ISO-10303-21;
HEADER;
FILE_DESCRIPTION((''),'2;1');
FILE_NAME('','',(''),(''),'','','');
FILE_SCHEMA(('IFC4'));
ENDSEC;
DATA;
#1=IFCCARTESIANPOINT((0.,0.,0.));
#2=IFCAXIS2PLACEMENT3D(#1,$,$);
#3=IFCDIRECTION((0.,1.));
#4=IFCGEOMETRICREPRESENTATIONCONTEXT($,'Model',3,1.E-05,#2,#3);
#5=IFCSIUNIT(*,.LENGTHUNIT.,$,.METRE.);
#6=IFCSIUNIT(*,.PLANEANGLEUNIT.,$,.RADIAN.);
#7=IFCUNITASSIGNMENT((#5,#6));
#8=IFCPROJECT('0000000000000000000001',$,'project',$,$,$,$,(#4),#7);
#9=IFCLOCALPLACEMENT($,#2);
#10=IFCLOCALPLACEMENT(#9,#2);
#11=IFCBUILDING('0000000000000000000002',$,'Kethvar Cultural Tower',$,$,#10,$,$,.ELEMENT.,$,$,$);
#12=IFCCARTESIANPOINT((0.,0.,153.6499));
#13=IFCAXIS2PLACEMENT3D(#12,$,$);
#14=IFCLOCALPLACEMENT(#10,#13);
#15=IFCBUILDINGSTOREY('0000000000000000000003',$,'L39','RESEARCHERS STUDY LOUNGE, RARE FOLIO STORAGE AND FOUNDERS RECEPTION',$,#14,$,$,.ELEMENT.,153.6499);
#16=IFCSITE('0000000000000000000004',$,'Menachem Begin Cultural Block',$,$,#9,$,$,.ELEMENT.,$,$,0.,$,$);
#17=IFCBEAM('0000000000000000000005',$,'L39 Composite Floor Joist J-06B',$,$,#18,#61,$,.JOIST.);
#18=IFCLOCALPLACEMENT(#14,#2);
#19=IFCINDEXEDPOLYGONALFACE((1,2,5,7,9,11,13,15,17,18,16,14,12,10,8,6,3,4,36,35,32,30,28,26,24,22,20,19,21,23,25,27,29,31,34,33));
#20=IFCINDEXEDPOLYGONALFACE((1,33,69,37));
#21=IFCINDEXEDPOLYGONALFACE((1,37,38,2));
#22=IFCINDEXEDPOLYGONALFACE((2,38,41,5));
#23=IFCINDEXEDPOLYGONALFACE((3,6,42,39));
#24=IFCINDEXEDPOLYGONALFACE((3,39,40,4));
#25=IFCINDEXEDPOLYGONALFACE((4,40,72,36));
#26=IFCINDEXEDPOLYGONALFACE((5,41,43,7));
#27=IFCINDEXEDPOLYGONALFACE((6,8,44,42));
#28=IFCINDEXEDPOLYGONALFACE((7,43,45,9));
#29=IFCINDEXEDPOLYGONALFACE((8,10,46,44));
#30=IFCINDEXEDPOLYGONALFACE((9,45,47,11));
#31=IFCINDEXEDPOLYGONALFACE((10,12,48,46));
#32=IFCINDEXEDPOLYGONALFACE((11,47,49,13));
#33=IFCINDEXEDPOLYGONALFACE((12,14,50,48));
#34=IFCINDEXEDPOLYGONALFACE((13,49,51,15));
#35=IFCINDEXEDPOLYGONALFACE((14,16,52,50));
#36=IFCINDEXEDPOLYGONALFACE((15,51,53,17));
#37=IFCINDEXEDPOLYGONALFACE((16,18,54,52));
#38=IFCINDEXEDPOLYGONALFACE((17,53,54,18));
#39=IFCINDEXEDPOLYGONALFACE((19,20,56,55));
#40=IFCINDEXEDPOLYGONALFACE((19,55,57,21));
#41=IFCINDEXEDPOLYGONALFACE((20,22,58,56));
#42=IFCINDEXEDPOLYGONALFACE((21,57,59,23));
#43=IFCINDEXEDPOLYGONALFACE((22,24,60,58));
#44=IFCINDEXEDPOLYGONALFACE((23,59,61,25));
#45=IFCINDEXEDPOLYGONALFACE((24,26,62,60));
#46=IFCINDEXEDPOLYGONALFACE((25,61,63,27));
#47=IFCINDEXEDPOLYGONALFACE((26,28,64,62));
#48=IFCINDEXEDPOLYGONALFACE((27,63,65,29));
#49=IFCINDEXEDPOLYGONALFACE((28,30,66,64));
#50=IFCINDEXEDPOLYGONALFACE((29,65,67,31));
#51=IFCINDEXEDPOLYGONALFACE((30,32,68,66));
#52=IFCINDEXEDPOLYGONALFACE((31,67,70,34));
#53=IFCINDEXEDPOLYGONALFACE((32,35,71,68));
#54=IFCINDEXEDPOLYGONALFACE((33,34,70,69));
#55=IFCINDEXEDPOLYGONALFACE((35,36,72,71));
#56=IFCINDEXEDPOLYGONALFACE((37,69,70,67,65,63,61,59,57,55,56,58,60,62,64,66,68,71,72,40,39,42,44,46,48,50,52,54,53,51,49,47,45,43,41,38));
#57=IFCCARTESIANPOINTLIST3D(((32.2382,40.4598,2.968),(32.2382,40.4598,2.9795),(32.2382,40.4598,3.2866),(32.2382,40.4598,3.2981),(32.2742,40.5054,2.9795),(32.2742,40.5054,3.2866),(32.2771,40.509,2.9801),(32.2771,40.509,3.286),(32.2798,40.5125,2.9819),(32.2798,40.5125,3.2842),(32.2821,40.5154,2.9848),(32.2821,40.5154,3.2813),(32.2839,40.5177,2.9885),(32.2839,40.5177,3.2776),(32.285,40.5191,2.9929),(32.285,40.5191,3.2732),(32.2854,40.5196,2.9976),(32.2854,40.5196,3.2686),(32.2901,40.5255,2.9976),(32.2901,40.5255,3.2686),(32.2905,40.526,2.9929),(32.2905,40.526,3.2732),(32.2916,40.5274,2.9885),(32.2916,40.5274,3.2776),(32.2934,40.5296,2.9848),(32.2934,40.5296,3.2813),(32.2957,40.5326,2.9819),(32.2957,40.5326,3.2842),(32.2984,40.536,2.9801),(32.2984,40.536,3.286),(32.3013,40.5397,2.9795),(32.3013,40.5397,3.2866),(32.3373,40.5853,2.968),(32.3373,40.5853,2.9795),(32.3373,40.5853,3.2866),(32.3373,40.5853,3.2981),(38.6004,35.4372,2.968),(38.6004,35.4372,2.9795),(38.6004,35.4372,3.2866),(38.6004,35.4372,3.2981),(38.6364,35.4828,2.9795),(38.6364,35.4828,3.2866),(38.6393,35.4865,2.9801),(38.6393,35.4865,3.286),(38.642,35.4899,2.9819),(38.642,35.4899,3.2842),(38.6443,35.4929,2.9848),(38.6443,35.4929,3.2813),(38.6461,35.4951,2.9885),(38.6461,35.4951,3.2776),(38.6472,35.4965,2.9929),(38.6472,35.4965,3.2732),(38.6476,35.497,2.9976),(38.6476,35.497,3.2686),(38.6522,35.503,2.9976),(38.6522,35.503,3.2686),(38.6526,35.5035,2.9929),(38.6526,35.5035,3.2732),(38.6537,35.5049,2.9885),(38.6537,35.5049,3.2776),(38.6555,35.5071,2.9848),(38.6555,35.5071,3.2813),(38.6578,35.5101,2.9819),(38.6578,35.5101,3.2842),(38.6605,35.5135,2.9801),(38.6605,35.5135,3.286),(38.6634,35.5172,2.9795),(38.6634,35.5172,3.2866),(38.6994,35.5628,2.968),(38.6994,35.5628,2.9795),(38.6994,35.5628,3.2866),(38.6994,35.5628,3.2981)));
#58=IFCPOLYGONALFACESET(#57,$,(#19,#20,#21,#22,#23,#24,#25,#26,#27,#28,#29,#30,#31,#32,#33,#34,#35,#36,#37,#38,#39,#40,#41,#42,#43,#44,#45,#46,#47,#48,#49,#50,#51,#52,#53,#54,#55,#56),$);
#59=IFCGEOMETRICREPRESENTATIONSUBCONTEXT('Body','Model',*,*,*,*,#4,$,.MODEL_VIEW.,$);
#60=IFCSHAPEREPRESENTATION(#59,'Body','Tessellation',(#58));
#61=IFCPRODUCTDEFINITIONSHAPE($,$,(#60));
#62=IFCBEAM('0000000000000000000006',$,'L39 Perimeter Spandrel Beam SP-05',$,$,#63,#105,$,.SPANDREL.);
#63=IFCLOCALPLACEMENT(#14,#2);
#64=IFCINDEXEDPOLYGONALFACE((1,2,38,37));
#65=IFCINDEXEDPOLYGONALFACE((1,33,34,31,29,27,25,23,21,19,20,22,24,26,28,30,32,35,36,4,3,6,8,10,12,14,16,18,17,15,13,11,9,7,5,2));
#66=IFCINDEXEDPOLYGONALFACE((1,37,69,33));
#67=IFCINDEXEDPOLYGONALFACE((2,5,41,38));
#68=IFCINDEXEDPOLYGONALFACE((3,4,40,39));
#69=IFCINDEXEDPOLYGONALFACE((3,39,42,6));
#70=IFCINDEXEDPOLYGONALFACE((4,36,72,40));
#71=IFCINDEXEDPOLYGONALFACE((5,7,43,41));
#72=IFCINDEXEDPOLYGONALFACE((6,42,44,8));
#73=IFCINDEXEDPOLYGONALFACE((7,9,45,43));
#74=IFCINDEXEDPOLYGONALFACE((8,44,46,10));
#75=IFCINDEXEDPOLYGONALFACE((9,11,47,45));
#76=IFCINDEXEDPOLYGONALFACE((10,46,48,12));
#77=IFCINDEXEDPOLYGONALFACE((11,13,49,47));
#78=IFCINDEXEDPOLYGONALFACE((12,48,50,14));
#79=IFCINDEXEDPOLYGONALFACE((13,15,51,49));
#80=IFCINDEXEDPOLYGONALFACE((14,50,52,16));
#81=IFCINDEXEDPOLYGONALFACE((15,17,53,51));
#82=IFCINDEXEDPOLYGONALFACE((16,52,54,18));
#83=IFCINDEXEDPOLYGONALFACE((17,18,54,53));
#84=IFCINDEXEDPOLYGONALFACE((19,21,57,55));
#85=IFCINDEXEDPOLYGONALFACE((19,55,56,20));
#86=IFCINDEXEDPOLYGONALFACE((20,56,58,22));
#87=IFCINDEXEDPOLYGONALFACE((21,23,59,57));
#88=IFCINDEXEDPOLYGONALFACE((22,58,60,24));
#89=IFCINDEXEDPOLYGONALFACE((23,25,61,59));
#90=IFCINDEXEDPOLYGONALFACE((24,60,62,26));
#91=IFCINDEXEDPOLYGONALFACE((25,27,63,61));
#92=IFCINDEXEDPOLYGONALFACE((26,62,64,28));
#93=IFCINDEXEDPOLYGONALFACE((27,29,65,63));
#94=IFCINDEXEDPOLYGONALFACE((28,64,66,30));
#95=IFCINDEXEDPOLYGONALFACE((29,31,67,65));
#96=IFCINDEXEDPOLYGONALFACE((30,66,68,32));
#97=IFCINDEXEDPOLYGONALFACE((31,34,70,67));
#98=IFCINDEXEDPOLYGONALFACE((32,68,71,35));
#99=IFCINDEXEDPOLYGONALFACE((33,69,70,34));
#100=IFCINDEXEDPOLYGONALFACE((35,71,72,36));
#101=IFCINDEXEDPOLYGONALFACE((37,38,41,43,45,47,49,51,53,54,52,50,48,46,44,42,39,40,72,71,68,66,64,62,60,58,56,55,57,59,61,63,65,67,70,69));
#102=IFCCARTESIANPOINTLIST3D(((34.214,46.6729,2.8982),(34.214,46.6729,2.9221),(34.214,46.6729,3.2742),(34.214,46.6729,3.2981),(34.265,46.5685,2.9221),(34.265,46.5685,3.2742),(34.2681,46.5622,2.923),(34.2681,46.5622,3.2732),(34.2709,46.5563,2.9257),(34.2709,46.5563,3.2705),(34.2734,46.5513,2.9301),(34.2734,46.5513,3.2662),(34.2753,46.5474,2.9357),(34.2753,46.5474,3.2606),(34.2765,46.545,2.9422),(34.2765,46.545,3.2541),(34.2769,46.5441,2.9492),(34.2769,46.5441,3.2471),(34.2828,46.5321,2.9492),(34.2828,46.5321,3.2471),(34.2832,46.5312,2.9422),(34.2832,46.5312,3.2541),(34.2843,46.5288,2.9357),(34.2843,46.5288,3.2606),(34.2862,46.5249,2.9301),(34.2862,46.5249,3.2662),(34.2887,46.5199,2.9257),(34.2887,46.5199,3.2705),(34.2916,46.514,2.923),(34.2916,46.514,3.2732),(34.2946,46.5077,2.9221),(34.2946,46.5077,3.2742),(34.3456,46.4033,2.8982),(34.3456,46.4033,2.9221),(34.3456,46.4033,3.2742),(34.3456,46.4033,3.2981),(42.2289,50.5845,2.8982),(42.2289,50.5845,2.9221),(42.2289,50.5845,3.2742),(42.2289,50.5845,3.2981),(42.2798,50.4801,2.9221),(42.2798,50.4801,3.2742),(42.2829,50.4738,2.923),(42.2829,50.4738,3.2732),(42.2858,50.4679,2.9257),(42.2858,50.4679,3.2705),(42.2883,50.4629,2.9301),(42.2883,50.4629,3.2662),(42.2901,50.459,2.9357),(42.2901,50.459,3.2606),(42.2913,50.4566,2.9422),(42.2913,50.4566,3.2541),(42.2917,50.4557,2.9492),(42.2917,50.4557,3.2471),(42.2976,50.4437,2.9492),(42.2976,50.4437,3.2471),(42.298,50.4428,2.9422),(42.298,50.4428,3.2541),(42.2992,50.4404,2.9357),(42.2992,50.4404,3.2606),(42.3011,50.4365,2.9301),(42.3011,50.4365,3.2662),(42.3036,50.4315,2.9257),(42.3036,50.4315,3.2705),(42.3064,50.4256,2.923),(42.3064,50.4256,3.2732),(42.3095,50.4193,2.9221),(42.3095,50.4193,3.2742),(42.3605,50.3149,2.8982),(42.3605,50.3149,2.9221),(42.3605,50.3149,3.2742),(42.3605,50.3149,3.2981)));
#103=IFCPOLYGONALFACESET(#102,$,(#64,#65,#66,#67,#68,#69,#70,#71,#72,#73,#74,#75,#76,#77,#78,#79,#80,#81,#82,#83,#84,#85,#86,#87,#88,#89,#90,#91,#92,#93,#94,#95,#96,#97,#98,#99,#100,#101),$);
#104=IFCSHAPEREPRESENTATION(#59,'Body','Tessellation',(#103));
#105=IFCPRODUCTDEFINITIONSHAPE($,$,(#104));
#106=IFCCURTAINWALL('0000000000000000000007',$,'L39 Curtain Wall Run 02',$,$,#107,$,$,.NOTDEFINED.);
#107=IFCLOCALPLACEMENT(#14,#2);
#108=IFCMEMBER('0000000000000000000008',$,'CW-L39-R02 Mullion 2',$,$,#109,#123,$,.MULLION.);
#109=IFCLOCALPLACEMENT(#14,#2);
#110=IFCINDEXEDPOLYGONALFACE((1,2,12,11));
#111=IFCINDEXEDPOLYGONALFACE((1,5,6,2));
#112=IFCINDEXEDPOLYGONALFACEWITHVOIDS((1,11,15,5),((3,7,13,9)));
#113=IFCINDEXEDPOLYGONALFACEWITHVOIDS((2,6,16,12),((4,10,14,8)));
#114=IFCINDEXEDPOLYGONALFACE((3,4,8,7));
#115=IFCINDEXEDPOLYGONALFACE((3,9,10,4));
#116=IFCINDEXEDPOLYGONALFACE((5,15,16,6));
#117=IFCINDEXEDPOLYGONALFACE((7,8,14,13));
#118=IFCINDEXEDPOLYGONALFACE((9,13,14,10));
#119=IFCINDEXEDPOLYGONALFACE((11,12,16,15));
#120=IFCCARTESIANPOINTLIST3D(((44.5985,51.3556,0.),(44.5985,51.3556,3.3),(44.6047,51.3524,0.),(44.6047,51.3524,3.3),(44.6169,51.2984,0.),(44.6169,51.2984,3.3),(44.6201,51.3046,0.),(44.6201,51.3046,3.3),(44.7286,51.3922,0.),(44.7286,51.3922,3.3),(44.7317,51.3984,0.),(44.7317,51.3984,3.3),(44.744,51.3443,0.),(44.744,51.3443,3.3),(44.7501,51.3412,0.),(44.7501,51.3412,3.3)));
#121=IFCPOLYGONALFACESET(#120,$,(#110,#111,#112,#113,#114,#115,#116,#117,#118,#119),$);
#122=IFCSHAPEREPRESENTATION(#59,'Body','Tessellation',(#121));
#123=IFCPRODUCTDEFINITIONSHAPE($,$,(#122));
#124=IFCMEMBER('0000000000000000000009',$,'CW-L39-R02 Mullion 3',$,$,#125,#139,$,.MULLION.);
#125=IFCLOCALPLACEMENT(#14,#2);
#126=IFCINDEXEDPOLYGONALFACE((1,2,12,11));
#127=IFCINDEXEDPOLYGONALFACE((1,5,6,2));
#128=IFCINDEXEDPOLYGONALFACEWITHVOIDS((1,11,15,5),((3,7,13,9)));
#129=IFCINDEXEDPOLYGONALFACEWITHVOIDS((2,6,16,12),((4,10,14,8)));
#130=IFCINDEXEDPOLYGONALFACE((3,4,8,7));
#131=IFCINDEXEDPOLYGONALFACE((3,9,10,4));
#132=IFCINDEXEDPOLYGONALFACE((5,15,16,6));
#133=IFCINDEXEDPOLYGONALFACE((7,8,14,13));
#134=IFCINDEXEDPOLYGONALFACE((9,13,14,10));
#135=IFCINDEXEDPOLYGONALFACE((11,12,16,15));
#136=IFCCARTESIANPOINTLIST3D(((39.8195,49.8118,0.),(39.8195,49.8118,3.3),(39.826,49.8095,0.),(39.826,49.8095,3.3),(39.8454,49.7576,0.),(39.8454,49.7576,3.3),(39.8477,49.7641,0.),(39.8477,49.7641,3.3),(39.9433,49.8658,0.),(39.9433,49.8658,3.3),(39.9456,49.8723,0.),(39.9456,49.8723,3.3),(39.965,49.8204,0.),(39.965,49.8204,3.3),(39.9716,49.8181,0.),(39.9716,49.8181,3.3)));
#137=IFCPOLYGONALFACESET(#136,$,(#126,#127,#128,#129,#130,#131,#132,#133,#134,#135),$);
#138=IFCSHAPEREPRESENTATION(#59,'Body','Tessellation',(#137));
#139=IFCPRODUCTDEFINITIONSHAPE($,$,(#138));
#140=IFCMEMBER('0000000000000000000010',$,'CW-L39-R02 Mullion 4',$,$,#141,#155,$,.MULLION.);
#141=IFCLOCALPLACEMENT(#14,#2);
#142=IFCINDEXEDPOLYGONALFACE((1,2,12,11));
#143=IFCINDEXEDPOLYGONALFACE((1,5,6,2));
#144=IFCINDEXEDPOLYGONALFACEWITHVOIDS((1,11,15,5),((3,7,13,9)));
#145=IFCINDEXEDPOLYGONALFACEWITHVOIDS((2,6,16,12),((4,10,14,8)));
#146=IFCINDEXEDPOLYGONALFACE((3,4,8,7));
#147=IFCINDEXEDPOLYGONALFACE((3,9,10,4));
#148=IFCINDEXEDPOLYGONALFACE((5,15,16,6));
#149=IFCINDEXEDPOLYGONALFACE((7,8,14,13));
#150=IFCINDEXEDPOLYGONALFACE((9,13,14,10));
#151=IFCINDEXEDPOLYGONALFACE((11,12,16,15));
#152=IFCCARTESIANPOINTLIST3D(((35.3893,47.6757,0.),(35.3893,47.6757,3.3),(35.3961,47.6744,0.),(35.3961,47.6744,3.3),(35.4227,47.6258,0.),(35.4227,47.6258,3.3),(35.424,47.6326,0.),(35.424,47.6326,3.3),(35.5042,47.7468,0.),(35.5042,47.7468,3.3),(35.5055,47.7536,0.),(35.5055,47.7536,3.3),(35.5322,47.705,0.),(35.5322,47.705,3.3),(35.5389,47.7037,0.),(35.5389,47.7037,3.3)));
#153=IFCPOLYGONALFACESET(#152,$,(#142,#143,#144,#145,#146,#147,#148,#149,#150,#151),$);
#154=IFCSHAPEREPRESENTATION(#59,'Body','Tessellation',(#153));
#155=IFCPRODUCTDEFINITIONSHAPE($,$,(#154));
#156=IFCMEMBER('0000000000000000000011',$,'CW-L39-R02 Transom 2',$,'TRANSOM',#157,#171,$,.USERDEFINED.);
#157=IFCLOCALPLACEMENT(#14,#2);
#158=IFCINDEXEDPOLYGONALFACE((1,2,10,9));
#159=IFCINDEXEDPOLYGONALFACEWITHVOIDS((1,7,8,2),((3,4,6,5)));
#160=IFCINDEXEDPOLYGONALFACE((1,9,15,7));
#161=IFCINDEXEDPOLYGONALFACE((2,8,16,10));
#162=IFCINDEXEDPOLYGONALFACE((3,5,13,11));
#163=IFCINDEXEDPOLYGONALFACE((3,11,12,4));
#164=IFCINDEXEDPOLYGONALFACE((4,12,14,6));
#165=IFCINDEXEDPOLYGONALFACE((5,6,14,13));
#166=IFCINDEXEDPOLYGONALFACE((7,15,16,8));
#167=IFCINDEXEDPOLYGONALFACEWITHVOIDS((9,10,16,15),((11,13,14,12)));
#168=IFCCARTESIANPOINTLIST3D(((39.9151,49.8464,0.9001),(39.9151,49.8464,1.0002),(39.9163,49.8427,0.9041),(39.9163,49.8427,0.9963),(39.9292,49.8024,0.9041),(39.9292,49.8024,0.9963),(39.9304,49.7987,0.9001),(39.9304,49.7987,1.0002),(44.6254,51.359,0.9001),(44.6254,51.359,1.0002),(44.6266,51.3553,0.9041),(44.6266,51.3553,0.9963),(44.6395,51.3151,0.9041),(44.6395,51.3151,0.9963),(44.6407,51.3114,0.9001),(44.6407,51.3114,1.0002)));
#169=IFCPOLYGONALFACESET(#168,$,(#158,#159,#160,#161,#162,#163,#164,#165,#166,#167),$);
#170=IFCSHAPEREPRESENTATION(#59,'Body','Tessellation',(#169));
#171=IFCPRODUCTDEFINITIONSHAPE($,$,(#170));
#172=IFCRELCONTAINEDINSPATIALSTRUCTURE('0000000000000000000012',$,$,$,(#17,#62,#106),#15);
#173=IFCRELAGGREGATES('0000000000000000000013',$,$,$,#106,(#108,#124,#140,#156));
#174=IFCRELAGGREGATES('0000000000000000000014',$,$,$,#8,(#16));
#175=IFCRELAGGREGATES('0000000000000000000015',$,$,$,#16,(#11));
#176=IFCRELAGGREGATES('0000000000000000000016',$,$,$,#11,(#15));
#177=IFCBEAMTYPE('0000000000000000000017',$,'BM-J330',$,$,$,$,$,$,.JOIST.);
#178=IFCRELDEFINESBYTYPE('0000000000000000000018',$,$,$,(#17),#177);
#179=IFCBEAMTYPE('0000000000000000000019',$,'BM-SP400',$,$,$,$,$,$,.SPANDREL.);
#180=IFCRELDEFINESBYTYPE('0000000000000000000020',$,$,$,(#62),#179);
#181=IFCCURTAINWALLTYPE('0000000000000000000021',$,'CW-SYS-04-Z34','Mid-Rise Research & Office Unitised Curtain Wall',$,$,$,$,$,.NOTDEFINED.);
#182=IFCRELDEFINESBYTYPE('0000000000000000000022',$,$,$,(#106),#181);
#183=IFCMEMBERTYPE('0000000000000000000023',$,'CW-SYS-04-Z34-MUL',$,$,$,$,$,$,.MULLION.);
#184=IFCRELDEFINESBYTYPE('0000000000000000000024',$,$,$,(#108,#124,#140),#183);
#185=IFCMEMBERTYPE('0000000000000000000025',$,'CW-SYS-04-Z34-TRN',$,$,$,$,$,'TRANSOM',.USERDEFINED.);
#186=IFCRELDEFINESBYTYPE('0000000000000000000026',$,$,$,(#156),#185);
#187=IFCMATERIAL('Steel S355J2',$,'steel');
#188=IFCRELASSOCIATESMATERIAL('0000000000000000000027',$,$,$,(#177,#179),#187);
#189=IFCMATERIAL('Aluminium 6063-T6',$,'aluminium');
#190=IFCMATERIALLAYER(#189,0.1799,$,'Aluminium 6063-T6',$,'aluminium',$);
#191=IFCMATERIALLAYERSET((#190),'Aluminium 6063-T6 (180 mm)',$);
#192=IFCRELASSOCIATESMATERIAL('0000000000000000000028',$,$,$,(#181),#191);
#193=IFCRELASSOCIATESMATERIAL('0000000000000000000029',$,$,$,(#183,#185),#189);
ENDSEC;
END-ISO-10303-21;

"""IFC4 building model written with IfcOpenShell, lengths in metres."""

from ifc_helpers import new_model, si_unit, direction, frame, origin, origin_2d, place, context, subcontext, project, spatial, hollow_rectangle, i_section, extrude, source, transform, mapped, material, layer, layer_set, material_profile, profile_set, type_object, element, aggregate, save


model = new_model("IFC4")

# Units and contexts
model_context = context("Model", 3, precision=1e-05, world=origin(), true_north=direction((0.0, 1.0)))
body_context = subcontext(model_context, "Body", "Model", "MODEL_VIEW")
ifc_project = project(units=[si_unit("LENGTHUNIT", "METRE"), si_unit("PLANEANGLEUNIT", "RADIAN")], contexts=[model_context])

# Site, building, storey
site_placement = place(None, origin())
site = spatial("IfcSite", under=ifc_project, at=site_placement, Name="Menachem Begin Cultural Block", CompositionType="ELEMENT", RefElevation=0.0)
building_placement = place(site_placement, origin())
building = spatial("IfcBuilding", under=site, at=building_placement, Name="Kethvar Cultural Tower", CompositionType="ELEMENT")
storey_placement = place(building_placement, frame((0.0, 0.0, 153.6499)))
storey = spatial("IfcBuildingStorey", under=building, at=storey_placement, Name="L39", Description="RESEARCHERS STUDY LOUNGE, RARE FOLIO STORAGE AND FOUNDERS RECEPTION", CompositionType="ELEMENT", Elevation=153.6499)

# Beams
ifc_material_1 = material(Name="Steel S355J2", Category="steel")
ifc_material_profile_1 = material_profile(ifc_material_1, i_section(OverallWidth=0.1599, OverallDepth=0.3301, WebThickness=0.0076, FlangeThickness=0.0115, FilletRadius=0.0181, at=origin_2d()), Name="Steel S355J2 — IPE330")
ifc_profile_set_1 = profile_set([ifc_material_profile_1], Name="Steel S355J2 — IPE330")
beam_type_1 = type_object("IfcBeamType", Name="BM-J330", PredefinedType="JOIST", material=ifc_profile_set_1)
shared_shape_1 = source(origin(), body_context, "Body", "SweptSolid", [
    extrude(i_section(OverallWidth=0.1599, OverallDepth=0.3301, WebThickness=0.0076, FlangeThickness=0.0115, FilletRadius=0.0181, at=origin_2d()), origin(), (0.0, 0.0, 1.0), 8.1057),
])
beam_1_placement = place(storey_placement, frame((38.6499, 35.5, 3.1331), z_axis=(-0.784896, 0.619628, 0.0), x_axis=(-0.619628, -0.784896, 0.0)))
element("IfcBeam", 1, at=beam_1_placement, inside=storey, type_object=beam_type_1, Name="L39 Composite Floor Joist J-06B", PredefinedType="JOIST", context=body_context, shape_type="MappedRepresentation", body=[
    mapped(shared_shape_1, transform((0.0, 0.0, 0.0), scale=1.0)),
])
ifc_material_profile_2 = material_profile(ifc_material_1, i_section(OverallWidth=0.3, OverallDepth=0.3999, WebThickness=0.0134, FlangeThickness=0.0239, FilletRadius=0.0271, at=origin_2d()), Name="Steel S355J2 — HEB400")
ifc_profile_set_2 = profile_set([ifc_material_profile_2], Name="Steel S355J2 — HEB400")
beam_type_2 = type_object("IfcBeamType", Name="BM-SP400", PredefinedType="SPANDREL", material=ifc_profile_set_2)
shared_shape_2 = source(origin(), body_context, "Body", "SweptSolid", [
    extrude(i_section(OverallWidth=0.3, OverallDepth=0.3999, WebThickness=0.0134, FlangeThickness=0.0239, FilletRadius=0.0271, at=origin_2d()), origin(), (0.0, 0.0, 1.0), 8.9185),
])
beam_2_placement = place(storey_placement, frame((42.2947, 50.4497, 3.0981), z_axis=(-0.898684, -0.438597, 0.0), x_axis=(0.438597, -0.898684, 0.0)))
element("IfcBeam", 2, at=beam_2_placement, inside=storey, type_object=beam_type_2, Name="L39 Perimeter Spandrel Beam SP-05", PredefinedType="SPANDREL", context=body_context, shape_type="MappedRepresentation", body=[
    mapped(shared_shape_2, transform((0.0, 0.0, 0.0), scale=1.0)),
])

# Curtain wall, members
ifc_material_2 = material(Name="Aluminium 6063-T6", Category="aluminium")
ifc_layer_1 = layer(ifc_material_2, 0.1799, Name="Aluminium 6063-T6", Category="aluminium")
ifc_layer_set_1 = layer_set([ifc_layer_1], Name="Aluminium 6063-T6 (180 mm)")
curtain_wall_type = type_object("IfcCurtainWallType", Name="CW-SYS-04-Z34", Description="Mid-Rise Research & Office Unitised Curtain Wall", PredefinedType="NOTDEFINED", material=ifc_layer_set_1)
curtain_wall_placement = place(storey_placement, origin())
curtain_wall = element("IfcCurtainWall", 3, at=curtain_wall_placement, inside=storey, type_object=curtain_wall_type, Name="L39 Curtain Wall Run 02", PredefinedType="NOTDEFINED")
ifc_material_profile_3 = material_profile(ifc_material_2, hollow_rectangle(XDim=0.0601, YDim=0.1399, WallThickness=0.0049, at=origin_2d()), Name="Aluminium 6063-T6 — RHS140x60x5")
ifc_profile_set_3 = profile_set([ifc_material_profile_3], Name="Aluminium 6063-T6 — RHS140x60x5")
member_type_1 = type_object("IfcMemberType", Name="CW-SYS-04-Z34-MUL", PredefinedType="MULLION", material=ifc_profile_set_3)
shared_shape_3 = source(origin(), body_context, "Body", "SweptSolid", [
    extrude(hollow_rectangle(XDim=0.0601, YDim=0.1399, WallThickness=0.0049, at=origin_2d()), origin(), (0.0, 0.0, 1.0), 3.3),
])
member_1_placement = place(storey_placement, frame((44.6743, 51.3484, 0.0), z_axis=(0.0, 0.0, 1.0), x_axis=(0.305712, -0.952124, 0.0)))
member_1 = element("IfcMember", 4, at=member_1_placement, type_object=member_type_1, Name="CW-L39-R02 Mullion 2", PredefinedType="MULLION", context=body_context, shape_type="MappedRepresentation", body=[
    mapped(shared_shape_3, transform((0.0, 0.0, 0.0), scale=1.0)),
])
member_2_placement = place(storey_placement, frame((39.8955, 49.8149, 0.0), z_axis=(0.0, 0.0, 1.0), x_axis=(0.432652, -0.901561, 0.0)))
member_2 = element("IfcMember", 5, at=member_2_placement, type_object=member_type_1, Name="CW-L39-R02 Mullion 3", PredefinedType="MULLION", context=body_context, shape_type="MappedRepresentation", body=[
    mapped(shared_shape_3, transform((0.0, 0.0, 0.0), scale=1.0)),
])
member_3_placement = place(storey_placement, frame((35.4641, 47.6897, 0.0), z_axis=(0.0, 0.0, 1.0), x_axis=(0.556325, -0.830965, 0.0)))
member_3 = element("IfcMember", 6, at=member_3_placement, type_object=member_type_1, Name="CW-L39-R02 Mullion 4", PredefinedType="MULLION", context=body_context, shape_type="MappedRepresentation", body=[
    mapped(shared_shape_3, transform((0.0, 0.0, 0.0), scale=1.0)),
])
ifc_material_profile_4 = material_profile(ifc_material_2, hollow_rectangle(XDim=0.05, YDim=0.1001, WallThickness=0.0039, at=origin_2d()), Name="Aluminium 6063-T6 — RHS100x50x4")
ifc_profile_set_4 = profile_set([ifc_material_profile_4], Name="Aluminium 6063-T6 — RHS100x50x4")
member_type_2 = type_object("IfcMemberType", Name="CW-SYS-04-Z34-TRN", ElementType="TRANSOM", PredefinedType="USERDEFINED", material=ifc_profile_set_4)
shared_shape_4 = source(origin(), body_context, "Body", "SweptSolid", [
    extrude(hollow_rectangle(XDim=0.05, YDim=0.1001, WallThickness=0.0039, at=origin_2d()), origin(), (0.0, 0.0, 1.0), 4.9473),
])
member_4_placement = place(storey_placement, frame((44.6331, 51.3352, 0.9502), z_axis=(-0.95211, -0.305757, 0.0), x_axis=(0.305757, -0.95211, 0.0)))
member_4 = element("IfcMember", 7, at=member_4_placement, type_object=member_type_2, Name="CW-L39-R02 Transom 2", ObjectType="TRANSOM", PredefinedType="USERDEFINED", context=body_context, shape_type="MappedRepresentation", body=[
    mapped(shared_shape_4, transform((0.0, 0.0, 0.0), scale=1.0)),
])
aggregate(curtain_wall, [member_1, member_2, member_3, member_4])

save(model, "model.ifc")
